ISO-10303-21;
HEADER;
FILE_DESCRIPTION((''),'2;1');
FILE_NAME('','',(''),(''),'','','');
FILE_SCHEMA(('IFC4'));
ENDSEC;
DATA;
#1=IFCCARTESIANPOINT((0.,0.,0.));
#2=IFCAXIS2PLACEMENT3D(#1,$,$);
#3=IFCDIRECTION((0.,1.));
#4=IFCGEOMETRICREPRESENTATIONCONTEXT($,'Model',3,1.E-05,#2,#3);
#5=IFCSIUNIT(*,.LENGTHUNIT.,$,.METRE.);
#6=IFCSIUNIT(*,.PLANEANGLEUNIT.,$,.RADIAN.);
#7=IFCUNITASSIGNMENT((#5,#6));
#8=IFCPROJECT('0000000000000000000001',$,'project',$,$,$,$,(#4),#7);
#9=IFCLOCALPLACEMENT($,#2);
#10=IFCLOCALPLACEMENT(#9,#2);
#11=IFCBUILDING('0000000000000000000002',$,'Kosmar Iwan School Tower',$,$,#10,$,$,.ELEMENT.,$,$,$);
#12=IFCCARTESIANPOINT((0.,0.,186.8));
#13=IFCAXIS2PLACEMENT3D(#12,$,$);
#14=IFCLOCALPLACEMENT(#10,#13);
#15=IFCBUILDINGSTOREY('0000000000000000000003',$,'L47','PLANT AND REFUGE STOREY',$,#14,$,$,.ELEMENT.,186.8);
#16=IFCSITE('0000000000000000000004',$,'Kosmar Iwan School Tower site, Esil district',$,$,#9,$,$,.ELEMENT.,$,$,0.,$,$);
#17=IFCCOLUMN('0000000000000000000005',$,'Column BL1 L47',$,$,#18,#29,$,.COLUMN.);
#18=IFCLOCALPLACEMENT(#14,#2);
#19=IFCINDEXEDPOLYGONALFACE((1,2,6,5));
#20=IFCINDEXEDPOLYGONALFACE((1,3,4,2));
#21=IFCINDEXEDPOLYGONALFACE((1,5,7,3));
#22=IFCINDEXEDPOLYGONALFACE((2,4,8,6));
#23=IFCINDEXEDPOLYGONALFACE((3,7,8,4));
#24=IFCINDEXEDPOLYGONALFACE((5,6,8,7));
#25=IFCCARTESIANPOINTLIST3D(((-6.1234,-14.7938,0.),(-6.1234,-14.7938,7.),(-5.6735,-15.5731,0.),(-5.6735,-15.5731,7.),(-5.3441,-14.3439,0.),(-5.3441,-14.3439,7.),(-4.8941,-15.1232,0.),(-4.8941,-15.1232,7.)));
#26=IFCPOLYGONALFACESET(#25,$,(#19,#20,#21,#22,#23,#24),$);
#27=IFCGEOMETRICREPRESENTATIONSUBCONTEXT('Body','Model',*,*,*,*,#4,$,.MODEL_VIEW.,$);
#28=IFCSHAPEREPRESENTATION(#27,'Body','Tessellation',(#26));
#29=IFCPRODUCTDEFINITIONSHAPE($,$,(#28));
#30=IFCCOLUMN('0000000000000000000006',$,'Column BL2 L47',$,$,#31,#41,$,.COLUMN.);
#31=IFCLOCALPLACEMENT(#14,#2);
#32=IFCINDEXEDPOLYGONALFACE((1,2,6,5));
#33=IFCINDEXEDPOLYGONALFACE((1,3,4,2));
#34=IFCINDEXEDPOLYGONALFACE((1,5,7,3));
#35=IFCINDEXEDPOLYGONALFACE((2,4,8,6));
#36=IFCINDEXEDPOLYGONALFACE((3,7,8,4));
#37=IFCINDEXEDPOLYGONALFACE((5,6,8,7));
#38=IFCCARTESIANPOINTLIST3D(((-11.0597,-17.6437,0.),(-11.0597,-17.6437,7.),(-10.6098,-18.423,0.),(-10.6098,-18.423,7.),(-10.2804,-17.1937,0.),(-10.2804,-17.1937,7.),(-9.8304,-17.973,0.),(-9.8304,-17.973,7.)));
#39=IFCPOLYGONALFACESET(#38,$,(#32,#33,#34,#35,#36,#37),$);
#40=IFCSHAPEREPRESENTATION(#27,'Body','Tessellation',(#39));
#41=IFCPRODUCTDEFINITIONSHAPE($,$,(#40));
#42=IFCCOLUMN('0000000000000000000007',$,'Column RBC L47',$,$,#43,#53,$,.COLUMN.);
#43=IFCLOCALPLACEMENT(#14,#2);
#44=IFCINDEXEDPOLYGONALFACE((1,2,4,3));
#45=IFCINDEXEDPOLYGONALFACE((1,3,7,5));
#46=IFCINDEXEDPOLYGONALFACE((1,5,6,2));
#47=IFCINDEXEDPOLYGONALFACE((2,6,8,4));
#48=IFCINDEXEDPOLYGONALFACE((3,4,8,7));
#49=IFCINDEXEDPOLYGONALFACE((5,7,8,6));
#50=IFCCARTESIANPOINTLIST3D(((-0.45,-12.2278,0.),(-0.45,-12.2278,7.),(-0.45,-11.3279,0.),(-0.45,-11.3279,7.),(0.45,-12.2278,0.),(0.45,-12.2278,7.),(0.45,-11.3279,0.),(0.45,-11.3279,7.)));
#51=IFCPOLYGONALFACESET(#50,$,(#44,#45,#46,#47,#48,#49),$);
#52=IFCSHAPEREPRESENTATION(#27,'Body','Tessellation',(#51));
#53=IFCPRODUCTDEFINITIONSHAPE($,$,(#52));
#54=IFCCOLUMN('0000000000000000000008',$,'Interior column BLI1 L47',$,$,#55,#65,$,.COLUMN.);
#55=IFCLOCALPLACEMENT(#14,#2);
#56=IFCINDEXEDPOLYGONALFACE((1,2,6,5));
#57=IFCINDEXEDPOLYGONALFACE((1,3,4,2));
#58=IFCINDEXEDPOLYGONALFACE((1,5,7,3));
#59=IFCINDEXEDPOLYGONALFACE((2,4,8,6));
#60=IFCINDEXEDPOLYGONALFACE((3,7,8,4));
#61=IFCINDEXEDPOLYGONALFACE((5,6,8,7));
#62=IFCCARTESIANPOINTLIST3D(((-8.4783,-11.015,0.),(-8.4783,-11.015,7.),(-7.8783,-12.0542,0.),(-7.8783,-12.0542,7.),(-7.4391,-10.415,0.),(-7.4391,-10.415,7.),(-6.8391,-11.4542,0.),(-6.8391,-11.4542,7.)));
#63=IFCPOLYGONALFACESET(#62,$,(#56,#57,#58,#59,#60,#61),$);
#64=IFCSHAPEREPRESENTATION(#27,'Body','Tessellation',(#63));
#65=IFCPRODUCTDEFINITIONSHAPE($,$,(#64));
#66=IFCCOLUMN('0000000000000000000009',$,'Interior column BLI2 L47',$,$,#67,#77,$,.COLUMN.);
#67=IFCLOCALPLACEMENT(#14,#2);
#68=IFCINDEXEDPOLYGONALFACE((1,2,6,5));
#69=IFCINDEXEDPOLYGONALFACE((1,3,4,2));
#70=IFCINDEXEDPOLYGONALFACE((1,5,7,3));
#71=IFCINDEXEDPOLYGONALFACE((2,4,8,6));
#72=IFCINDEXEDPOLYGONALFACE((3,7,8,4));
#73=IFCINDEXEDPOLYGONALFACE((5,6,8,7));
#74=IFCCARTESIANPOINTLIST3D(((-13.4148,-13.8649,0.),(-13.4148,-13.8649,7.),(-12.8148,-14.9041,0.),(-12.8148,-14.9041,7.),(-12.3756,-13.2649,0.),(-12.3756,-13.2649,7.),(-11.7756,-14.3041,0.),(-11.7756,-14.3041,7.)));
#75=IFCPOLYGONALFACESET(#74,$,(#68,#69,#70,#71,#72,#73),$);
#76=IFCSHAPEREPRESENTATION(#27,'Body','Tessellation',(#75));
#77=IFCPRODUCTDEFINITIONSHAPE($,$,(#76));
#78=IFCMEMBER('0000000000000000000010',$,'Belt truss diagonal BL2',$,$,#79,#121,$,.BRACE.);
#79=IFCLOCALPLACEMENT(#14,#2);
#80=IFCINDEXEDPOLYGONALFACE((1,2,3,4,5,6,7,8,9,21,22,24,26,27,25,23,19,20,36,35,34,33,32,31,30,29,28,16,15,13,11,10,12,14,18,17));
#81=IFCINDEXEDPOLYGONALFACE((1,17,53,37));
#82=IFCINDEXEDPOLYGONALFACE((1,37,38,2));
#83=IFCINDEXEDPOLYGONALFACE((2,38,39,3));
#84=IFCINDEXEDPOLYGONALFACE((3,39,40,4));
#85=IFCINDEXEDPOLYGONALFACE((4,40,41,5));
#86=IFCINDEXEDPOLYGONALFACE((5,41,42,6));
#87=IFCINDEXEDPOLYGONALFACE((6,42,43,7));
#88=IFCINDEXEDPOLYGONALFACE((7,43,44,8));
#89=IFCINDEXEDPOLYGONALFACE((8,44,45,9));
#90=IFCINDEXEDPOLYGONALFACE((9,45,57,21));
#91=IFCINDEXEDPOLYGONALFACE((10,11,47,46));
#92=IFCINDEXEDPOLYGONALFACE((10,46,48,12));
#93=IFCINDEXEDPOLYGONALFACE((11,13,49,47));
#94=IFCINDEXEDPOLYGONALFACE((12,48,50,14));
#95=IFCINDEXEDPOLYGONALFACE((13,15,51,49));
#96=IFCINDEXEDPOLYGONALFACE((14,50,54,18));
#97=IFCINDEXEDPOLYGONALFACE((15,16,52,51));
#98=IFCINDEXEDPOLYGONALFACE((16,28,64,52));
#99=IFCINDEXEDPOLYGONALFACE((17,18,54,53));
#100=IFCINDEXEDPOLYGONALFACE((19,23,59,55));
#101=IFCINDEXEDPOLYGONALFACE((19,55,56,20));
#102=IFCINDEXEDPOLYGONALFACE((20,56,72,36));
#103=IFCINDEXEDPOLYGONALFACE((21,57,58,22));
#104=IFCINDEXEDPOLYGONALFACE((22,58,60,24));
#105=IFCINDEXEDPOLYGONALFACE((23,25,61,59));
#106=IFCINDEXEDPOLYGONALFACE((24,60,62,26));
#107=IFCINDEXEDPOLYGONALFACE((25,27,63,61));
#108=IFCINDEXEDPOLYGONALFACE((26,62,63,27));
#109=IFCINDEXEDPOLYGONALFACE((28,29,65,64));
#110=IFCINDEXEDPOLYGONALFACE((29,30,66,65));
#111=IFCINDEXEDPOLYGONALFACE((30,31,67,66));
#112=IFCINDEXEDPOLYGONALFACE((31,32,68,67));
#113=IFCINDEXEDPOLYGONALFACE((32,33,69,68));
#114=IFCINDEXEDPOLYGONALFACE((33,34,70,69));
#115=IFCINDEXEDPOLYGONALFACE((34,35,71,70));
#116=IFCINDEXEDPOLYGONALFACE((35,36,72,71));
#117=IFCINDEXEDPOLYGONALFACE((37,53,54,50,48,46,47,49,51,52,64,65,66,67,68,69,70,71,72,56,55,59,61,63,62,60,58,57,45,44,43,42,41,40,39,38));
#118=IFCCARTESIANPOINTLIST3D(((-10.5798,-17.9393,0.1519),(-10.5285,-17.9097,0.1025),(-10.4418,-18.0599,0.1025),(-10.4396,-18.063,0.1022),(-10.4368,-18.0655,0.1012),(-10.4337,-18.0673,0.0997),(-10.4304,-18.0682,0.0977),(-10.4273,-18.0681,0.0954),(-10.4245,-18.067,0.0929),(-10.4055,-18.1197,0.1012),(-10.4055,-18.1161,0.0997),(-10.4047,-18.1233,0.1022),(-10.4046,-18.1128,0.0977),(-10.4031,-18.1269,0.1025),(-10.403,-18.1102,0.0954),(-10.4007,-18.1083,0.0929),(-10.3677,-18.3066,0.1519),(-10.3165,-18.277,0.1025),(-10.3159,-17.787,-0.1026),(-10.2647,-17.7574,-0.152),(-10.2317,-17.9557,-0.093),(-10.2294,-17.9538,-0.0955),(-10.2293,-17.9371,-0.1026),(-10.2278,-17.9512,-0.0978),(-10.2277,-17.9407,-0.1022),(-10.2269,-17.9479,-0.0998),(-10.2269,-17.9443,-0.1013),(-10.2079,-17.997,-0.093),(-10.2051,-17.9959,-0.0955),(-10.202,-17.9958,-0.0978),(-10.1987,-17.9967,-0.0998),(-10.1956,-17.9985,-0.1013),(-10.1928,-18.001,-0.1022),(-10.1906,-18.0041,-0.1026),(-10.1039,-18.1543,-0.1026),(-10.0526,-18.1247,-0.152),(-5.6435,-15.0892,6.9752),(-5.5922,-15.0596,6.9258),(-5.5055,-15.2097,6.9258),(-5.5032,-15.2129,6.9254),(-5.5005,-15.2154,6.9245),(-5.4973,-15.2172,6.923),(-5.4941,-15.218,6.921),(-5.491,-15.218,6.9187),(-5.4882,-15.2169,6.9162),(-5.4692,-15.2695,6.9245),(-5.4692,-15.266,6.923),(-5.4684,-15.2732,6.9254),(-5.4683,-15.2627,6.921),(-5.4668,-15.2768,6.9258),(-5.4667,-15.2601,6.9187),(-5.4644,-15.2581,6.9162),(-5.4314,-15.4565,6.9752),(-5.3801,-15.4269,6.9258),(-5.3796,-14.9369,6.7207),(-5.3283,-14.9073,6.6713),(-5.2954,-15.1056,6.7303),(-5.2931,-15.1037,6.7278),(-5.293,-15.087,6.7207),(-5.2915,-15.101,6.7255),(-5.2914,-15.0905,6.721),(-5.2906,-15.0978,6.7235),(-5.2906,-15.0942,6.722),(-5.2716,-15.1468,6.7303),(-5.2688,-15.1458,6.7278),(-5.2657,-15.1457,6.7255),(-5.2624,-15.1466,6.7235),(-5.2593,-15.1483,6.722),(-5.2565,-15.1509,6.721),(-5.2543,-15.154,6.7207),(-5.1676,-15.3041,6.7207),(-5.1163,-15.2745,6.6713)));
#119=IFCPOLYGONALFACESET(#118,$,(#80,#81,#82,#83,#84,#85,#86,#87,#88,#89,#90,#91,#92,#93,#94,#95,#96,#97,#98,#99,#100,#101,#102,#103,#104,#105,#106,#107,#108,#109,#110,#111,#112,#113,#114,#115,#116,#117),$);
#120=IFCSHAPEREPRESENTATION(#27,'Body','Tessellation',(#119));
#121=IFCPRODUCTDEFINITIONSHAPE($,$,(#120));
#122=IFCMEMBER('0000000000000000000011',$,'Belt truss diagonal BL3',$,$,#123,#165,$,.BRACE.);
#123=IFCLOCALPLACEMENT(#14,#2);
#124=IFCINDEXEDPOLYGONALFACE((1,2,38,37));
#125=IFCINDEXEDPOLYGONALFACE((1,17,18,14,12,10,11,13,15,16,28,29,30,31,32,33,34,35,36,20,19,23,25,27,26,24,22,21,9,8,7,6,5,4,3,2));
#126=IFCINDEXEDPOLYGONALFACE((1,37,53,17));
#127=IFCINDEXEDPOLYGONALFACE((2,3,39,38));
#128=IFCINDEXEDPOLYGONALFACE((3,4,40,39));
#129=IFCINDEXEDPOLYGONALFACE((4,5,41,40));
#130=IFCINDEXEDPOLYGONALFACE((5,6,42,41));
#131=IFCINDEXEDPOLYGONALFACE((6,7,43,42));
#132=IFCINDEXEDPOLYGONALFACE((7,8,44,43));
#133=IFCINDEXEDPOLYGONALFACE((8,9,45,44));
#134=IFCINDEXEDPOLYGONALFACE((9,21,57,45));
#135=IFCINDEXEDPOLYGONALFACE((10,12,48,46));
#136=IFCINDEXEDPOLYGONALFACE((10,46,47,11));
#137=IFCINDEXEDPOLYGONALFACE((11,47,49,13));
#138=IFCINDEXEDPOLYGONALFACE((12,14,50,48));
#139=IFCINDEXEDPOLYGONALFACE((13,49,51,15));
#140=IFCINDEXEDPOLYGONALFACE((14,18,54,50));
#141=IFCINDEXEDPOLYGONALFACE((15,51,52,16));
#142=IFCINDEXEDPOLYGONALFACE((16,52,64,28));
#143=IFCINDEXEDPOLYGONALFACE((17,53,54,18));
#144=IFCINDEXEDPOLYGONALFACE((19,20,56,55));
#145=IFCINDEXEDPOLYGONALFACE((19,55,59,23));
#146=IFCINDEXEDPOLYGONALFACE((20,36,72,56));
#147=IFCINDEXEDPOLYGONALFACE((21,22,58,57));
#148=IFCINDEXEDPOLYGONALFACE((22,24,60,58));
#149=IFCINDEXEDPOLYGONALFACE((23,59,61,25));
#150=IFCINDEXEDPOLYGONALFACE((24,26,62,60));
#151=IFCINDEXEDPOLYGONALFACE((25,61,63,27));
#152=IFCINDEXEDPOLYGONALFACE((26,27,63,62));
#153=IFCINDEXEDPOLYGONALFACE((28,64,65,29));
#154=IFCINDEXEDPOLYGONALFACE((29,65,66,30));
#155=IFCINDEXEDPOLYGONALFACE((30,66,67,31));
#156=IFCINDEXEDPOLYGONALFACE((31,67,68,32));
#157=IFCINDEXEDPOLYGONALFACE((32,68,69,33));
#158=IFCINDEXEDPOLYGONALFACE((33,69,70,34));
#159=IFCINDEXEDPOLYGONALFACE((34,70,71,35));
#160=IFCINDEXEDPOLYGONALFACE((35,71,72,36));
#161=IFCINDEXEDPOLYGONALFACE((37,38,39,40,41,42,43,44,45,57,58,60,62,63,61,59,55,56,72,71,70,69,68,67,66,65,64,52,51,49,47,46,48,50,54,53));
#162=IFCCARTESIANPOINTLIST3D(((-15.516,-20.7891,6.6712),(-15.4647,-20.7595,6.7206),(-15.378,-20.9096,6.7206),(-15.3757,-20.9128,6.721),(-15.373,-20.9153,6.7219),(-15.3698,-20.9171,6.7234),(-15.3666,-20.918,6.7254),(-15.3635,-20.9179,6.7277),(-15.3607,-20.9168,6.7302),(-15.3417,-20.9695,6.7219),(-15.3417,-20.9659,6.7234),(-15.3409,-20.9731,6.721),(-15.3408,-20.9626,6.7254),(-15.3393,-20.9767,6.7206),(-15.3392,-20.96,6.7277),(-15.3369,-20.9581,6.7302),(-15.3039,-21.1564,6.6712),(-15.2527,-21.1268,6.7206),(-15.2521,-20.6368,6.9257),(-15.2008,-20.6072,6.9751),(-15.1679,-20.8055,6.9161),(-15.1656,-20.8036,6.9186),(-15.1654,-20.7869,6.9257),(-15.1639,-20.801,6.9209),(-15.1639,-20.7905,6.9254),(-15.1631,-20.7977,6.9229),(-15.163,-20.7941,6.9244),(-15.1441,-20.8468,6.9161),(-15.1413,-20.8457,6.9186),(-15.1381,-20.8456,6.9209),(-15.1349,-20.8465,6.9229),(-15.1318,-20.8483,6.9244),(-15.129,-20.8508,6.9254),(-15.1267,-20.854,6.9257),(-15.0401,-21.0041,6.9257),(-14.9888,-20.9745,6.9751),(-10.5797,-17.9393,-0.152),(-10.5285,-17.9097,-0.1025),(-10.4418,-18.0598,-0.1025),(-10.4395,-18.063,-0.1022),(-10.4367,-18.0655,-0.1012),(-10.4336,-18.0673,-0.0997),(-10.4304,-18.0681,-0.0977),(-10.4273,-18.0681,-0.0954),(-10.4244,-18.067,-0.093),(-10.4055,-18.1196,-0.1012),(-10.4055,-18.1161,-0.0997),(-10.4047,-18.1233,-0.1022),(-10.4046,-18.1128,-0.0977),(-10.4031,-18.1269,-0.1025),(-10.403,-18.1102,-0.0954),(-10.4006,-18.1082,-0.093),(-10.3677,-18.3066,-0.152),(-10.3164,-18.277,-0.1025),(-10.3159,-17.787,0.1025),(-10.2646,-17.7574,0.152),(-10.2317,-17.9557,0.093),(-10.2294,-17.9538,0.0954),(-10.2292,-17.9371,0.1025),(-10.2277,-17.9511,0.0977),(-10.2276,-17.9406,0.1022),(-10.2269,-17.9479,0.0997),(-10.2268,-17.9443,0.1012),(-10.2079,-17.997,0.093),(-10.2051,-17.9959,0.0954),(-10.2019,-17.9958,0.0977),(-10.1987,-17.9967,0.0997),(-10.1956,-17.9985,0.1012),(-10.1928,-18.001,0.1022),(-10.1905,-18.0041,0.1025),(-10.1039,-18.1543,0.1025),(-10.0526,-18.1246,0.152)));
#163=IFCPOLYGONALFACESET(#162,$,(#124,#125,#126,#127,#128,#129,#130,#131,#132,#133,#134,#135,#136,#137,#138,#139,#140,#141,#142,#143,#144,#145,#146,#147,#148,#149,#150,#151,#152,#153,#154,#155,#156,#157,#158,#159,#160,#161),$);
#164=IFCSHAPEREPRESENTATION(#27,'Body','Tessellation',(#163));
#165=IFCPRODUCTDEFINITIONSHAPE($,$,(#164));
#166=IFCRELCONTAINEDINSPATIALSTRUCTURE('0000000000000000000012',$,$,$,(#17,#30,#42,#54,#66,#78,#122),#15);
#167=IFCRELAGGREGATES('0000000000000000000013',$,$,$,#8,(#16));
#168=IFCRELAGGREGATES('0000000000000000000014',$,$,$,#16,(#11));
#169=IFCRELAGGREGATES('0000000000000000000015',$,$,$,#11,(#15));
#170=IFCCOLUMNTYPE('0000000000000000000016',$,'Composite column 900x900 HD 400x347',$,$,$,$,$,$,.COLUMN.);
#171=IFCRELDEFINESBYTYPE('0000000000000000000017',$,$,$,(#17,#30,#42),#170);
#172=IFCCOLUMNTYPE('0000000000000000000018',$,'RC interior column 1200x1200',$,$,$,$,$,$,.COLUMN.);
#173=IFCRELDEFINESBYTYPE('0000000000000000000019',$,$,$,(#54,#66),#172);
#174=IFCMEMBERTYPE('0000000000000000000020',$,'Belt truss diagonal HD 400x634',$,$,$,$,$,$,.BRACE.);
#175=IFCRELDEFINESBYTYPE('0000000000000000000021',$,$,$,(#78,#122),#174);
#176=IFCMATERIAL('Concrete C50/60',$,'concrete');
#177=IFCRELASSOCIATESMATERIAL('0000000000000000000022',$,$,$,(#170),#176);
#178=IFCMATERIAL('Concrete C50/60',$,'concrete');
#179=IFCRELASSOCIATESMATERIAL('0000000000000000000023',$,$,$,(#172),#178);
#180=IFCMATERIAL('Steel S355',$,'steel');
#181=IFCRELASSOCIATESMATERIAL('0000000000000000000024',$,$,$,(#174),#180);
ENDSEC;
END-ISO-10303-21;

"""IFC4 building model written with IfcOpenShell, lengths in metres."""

from ifc_helpers import new_model, si_unit, direction, frame, origin, origin_2d, place, context, subcontext, project, spatial, rectangle, i_section, extrude, material, material_profile, profile_set, type_object, element, save


model = new_model("IFC4")

# Units and contexts
model_context = context("Model", 3, precision=1e-05, world=origin(), true_north=direction((0.0, 1.0)))
body_context = subcontext(model_context, "Body", "Model", "MODEL_VIEW")
ifc_project = project(units=[si_unit("LENGTHUNIT", "METRE"), si_unit("PLANEANGLEUNIT", "RADIAN")], contexts=[model_context])

# Site, building, storey
site_placement = place(None, origin())
site = spatial("IfcSite", under=ifc_project, at=site_placement, Name="Kosmar Iwan School Tower site, Esil district", CompositionType="ELEMENT", RefElevation=0.0)
building_placement = place(site_placement, origin())
building = spatial("IfcBuilding", under=site, at=building_placement, Name="Kosmar Iwan School Tower", CompositionType="ELEMENT")
storey_placement = place(building_placement, frame((0.0, 0.0, 186.8)))
storey = spatial("IfcBuildingStorey", under=building, at=storey_placement, Name="L47", Description="PLANT AND REFUGE STOREY", CompositionType="ELEMENT", Elevation=186.8)

# Columns
ifc_material_1 = material(Name="Concrete C50/60", Category="concrete")
ifc_material_profile_1 = material_profile(ifc_material_1, rectangle(XDim=0.8999, YDim=0.8999, at=origin_2d()), Name="RC 900x900 + HD 400x347")
ifc_profile_set_1 = profile_set([ifc_material_profile_1], Name="Concrete C50/60")
column_type_1 = type_object("IfcColumnType", Name="Composite column 900x900 HD 400x347", PredefinedType="COLUMN", material=ifc_profile_set_1)
for number, where, z_axis, x_axis, name in (
    (1, (-5.5088, -14.9585, 0.0), (0.0, 0.0, 1.0), (-0.866025, -0.5, 0.0), "Column BL1 L47"),
    (2, (-10.4451, -17.8083, 0.0), (0.0, 0.0, 1.0), (-0.866025, -0.5, 0.0), "Column BL2 L47"),
    (3, (0.0, -11.7778, 0.0), (0.0, 0.0, 1.0), (1.0, 0.0, 0.0), "Column RBC L47"),
):
    element("IfcColumn", number, at=place(storey_placement, frame(where, z_axis=z_axis, x_axis=x_axis)), inside=storey, type_object=column_type_1, Name=name, PredefinedType="COLUMN", context=body_context, shape_type="SweptSolid", body=[
        extrude(rectangle(XDim=0.8999, YDim=0.8999, at=origin_2d()), origin(), (0.0, 0.0, 1.0), 7.0),
    ])
ifc_material_2 = material(Name="Concrete C50/60", Category="concrete")
ifc_material_profile_2 = material_profile(ifc_material_2, rectangle(XDim=1.2, YDim=1.2, at=origin_2d()), Name="RC 1200x1200")
ifc_profile_set_2 = profile_set([ifc_material_profile_2], Name="Concrete C50/60")
column_type_2 = type_object("IfcColumnType", Name="RC interior column 1200x1200", PredefinedType="COLUMN", material=ifc_profile_set_2)
for number, where, z_axis, x_axis, name in (
    (4, (-7.6587, -11.2346, 0.0), (0.0, 0.0, 1.0), (-0.866025, -0.5, 0.0), "Interior column BLI1 L47"),
    (5, (-12.5952, -14.0845, 0.0), (0.0, 0.0, 1.0), (-0.866025, -0.5, 0.0), "Interior column BLI2 L47"),
):
    element("IfcColumn", number, at=place(storey_placement, frame(where, z_axis=z_axis, x_axis=x_axis)), inside=storey, type_object=column_type_2, Name=name, PredefinedType="COLUMN", context=body_context, shape_type="SweptSolid", body=[
        extrude(rectangle(XDim=1.2, YDim=1.2, at=origin_2d()), origin(), (0.0, 0.0, 1.0), 7.0),
    ])

# Members
ifc_material_3 = material(Name="Steel S355", Category="steel")
ifc_material_profile_3 = material_profile(ifc_material_3, i_section(OverallWidth=0.4241, OverallDepth=0.4741, WebThickness=0.0476, FlangeThickness=0.0771, FilletRadius=0.0149, at=origin_2d()), Name="HD 400x634")
ifc_profile_set_3 = profile_set([ifc_material_profile_3], Name="Steel S355")
member_type = type_object("IfcMemberType", Name="Belt truss diagonal HD 400x634", PredefinedType="BRACE", material=ifc_profile_set_3)
member_1_placement = place(storey_placement, frame((-5.3799, -15.1819, 6.8232), z_axis=(-0.555211, -0.320567, -0.767449), x_axis=(0.500018, -0.866015, 0.0)))
element("IfcMember", 6, at=member_1_placement, inside=storey, type_object=member_type, Name="Belt truss diagonal BL2", PredefinedType="BRACE", context=body_context, shape_type="SweptSolid", body=[
    extrude(i_section(OverallWidth=0.4241, OverallDepth=0.4741, WebThickness=0.0476, FlangeThickness=0.0771, FilletRadius=0.0149, at=origin_2d()), origin(), (0.0, 0.0, 1.0), 8.8909),
])
member_2_placement = place(storey_placement, frame((-10.3162, -18.032, 0.0), z_axis=(-0.555216, -0.320542, 0.767455), x_axis=(0.499986, -0.866034, 0.0)))
element("IfcMember", 7, at=member_2_placement, inside=storey, type_object=member_type, Name="Belt truss diagonal BL3", PredefinedType="BRACE", context=body_context, shape_type="SweptSolid", body=[
    extrude(i_section(OverallWidth=0.4241, OverallDepth=0.4741, WebThickness=0.0476, FlangeThickness=0.0771, FilletRadius=0.0149, at=origin_2d()), origin(), (0.0, 0.0, 1.0), 8.8906),
])

save(model, "model.ifc")
